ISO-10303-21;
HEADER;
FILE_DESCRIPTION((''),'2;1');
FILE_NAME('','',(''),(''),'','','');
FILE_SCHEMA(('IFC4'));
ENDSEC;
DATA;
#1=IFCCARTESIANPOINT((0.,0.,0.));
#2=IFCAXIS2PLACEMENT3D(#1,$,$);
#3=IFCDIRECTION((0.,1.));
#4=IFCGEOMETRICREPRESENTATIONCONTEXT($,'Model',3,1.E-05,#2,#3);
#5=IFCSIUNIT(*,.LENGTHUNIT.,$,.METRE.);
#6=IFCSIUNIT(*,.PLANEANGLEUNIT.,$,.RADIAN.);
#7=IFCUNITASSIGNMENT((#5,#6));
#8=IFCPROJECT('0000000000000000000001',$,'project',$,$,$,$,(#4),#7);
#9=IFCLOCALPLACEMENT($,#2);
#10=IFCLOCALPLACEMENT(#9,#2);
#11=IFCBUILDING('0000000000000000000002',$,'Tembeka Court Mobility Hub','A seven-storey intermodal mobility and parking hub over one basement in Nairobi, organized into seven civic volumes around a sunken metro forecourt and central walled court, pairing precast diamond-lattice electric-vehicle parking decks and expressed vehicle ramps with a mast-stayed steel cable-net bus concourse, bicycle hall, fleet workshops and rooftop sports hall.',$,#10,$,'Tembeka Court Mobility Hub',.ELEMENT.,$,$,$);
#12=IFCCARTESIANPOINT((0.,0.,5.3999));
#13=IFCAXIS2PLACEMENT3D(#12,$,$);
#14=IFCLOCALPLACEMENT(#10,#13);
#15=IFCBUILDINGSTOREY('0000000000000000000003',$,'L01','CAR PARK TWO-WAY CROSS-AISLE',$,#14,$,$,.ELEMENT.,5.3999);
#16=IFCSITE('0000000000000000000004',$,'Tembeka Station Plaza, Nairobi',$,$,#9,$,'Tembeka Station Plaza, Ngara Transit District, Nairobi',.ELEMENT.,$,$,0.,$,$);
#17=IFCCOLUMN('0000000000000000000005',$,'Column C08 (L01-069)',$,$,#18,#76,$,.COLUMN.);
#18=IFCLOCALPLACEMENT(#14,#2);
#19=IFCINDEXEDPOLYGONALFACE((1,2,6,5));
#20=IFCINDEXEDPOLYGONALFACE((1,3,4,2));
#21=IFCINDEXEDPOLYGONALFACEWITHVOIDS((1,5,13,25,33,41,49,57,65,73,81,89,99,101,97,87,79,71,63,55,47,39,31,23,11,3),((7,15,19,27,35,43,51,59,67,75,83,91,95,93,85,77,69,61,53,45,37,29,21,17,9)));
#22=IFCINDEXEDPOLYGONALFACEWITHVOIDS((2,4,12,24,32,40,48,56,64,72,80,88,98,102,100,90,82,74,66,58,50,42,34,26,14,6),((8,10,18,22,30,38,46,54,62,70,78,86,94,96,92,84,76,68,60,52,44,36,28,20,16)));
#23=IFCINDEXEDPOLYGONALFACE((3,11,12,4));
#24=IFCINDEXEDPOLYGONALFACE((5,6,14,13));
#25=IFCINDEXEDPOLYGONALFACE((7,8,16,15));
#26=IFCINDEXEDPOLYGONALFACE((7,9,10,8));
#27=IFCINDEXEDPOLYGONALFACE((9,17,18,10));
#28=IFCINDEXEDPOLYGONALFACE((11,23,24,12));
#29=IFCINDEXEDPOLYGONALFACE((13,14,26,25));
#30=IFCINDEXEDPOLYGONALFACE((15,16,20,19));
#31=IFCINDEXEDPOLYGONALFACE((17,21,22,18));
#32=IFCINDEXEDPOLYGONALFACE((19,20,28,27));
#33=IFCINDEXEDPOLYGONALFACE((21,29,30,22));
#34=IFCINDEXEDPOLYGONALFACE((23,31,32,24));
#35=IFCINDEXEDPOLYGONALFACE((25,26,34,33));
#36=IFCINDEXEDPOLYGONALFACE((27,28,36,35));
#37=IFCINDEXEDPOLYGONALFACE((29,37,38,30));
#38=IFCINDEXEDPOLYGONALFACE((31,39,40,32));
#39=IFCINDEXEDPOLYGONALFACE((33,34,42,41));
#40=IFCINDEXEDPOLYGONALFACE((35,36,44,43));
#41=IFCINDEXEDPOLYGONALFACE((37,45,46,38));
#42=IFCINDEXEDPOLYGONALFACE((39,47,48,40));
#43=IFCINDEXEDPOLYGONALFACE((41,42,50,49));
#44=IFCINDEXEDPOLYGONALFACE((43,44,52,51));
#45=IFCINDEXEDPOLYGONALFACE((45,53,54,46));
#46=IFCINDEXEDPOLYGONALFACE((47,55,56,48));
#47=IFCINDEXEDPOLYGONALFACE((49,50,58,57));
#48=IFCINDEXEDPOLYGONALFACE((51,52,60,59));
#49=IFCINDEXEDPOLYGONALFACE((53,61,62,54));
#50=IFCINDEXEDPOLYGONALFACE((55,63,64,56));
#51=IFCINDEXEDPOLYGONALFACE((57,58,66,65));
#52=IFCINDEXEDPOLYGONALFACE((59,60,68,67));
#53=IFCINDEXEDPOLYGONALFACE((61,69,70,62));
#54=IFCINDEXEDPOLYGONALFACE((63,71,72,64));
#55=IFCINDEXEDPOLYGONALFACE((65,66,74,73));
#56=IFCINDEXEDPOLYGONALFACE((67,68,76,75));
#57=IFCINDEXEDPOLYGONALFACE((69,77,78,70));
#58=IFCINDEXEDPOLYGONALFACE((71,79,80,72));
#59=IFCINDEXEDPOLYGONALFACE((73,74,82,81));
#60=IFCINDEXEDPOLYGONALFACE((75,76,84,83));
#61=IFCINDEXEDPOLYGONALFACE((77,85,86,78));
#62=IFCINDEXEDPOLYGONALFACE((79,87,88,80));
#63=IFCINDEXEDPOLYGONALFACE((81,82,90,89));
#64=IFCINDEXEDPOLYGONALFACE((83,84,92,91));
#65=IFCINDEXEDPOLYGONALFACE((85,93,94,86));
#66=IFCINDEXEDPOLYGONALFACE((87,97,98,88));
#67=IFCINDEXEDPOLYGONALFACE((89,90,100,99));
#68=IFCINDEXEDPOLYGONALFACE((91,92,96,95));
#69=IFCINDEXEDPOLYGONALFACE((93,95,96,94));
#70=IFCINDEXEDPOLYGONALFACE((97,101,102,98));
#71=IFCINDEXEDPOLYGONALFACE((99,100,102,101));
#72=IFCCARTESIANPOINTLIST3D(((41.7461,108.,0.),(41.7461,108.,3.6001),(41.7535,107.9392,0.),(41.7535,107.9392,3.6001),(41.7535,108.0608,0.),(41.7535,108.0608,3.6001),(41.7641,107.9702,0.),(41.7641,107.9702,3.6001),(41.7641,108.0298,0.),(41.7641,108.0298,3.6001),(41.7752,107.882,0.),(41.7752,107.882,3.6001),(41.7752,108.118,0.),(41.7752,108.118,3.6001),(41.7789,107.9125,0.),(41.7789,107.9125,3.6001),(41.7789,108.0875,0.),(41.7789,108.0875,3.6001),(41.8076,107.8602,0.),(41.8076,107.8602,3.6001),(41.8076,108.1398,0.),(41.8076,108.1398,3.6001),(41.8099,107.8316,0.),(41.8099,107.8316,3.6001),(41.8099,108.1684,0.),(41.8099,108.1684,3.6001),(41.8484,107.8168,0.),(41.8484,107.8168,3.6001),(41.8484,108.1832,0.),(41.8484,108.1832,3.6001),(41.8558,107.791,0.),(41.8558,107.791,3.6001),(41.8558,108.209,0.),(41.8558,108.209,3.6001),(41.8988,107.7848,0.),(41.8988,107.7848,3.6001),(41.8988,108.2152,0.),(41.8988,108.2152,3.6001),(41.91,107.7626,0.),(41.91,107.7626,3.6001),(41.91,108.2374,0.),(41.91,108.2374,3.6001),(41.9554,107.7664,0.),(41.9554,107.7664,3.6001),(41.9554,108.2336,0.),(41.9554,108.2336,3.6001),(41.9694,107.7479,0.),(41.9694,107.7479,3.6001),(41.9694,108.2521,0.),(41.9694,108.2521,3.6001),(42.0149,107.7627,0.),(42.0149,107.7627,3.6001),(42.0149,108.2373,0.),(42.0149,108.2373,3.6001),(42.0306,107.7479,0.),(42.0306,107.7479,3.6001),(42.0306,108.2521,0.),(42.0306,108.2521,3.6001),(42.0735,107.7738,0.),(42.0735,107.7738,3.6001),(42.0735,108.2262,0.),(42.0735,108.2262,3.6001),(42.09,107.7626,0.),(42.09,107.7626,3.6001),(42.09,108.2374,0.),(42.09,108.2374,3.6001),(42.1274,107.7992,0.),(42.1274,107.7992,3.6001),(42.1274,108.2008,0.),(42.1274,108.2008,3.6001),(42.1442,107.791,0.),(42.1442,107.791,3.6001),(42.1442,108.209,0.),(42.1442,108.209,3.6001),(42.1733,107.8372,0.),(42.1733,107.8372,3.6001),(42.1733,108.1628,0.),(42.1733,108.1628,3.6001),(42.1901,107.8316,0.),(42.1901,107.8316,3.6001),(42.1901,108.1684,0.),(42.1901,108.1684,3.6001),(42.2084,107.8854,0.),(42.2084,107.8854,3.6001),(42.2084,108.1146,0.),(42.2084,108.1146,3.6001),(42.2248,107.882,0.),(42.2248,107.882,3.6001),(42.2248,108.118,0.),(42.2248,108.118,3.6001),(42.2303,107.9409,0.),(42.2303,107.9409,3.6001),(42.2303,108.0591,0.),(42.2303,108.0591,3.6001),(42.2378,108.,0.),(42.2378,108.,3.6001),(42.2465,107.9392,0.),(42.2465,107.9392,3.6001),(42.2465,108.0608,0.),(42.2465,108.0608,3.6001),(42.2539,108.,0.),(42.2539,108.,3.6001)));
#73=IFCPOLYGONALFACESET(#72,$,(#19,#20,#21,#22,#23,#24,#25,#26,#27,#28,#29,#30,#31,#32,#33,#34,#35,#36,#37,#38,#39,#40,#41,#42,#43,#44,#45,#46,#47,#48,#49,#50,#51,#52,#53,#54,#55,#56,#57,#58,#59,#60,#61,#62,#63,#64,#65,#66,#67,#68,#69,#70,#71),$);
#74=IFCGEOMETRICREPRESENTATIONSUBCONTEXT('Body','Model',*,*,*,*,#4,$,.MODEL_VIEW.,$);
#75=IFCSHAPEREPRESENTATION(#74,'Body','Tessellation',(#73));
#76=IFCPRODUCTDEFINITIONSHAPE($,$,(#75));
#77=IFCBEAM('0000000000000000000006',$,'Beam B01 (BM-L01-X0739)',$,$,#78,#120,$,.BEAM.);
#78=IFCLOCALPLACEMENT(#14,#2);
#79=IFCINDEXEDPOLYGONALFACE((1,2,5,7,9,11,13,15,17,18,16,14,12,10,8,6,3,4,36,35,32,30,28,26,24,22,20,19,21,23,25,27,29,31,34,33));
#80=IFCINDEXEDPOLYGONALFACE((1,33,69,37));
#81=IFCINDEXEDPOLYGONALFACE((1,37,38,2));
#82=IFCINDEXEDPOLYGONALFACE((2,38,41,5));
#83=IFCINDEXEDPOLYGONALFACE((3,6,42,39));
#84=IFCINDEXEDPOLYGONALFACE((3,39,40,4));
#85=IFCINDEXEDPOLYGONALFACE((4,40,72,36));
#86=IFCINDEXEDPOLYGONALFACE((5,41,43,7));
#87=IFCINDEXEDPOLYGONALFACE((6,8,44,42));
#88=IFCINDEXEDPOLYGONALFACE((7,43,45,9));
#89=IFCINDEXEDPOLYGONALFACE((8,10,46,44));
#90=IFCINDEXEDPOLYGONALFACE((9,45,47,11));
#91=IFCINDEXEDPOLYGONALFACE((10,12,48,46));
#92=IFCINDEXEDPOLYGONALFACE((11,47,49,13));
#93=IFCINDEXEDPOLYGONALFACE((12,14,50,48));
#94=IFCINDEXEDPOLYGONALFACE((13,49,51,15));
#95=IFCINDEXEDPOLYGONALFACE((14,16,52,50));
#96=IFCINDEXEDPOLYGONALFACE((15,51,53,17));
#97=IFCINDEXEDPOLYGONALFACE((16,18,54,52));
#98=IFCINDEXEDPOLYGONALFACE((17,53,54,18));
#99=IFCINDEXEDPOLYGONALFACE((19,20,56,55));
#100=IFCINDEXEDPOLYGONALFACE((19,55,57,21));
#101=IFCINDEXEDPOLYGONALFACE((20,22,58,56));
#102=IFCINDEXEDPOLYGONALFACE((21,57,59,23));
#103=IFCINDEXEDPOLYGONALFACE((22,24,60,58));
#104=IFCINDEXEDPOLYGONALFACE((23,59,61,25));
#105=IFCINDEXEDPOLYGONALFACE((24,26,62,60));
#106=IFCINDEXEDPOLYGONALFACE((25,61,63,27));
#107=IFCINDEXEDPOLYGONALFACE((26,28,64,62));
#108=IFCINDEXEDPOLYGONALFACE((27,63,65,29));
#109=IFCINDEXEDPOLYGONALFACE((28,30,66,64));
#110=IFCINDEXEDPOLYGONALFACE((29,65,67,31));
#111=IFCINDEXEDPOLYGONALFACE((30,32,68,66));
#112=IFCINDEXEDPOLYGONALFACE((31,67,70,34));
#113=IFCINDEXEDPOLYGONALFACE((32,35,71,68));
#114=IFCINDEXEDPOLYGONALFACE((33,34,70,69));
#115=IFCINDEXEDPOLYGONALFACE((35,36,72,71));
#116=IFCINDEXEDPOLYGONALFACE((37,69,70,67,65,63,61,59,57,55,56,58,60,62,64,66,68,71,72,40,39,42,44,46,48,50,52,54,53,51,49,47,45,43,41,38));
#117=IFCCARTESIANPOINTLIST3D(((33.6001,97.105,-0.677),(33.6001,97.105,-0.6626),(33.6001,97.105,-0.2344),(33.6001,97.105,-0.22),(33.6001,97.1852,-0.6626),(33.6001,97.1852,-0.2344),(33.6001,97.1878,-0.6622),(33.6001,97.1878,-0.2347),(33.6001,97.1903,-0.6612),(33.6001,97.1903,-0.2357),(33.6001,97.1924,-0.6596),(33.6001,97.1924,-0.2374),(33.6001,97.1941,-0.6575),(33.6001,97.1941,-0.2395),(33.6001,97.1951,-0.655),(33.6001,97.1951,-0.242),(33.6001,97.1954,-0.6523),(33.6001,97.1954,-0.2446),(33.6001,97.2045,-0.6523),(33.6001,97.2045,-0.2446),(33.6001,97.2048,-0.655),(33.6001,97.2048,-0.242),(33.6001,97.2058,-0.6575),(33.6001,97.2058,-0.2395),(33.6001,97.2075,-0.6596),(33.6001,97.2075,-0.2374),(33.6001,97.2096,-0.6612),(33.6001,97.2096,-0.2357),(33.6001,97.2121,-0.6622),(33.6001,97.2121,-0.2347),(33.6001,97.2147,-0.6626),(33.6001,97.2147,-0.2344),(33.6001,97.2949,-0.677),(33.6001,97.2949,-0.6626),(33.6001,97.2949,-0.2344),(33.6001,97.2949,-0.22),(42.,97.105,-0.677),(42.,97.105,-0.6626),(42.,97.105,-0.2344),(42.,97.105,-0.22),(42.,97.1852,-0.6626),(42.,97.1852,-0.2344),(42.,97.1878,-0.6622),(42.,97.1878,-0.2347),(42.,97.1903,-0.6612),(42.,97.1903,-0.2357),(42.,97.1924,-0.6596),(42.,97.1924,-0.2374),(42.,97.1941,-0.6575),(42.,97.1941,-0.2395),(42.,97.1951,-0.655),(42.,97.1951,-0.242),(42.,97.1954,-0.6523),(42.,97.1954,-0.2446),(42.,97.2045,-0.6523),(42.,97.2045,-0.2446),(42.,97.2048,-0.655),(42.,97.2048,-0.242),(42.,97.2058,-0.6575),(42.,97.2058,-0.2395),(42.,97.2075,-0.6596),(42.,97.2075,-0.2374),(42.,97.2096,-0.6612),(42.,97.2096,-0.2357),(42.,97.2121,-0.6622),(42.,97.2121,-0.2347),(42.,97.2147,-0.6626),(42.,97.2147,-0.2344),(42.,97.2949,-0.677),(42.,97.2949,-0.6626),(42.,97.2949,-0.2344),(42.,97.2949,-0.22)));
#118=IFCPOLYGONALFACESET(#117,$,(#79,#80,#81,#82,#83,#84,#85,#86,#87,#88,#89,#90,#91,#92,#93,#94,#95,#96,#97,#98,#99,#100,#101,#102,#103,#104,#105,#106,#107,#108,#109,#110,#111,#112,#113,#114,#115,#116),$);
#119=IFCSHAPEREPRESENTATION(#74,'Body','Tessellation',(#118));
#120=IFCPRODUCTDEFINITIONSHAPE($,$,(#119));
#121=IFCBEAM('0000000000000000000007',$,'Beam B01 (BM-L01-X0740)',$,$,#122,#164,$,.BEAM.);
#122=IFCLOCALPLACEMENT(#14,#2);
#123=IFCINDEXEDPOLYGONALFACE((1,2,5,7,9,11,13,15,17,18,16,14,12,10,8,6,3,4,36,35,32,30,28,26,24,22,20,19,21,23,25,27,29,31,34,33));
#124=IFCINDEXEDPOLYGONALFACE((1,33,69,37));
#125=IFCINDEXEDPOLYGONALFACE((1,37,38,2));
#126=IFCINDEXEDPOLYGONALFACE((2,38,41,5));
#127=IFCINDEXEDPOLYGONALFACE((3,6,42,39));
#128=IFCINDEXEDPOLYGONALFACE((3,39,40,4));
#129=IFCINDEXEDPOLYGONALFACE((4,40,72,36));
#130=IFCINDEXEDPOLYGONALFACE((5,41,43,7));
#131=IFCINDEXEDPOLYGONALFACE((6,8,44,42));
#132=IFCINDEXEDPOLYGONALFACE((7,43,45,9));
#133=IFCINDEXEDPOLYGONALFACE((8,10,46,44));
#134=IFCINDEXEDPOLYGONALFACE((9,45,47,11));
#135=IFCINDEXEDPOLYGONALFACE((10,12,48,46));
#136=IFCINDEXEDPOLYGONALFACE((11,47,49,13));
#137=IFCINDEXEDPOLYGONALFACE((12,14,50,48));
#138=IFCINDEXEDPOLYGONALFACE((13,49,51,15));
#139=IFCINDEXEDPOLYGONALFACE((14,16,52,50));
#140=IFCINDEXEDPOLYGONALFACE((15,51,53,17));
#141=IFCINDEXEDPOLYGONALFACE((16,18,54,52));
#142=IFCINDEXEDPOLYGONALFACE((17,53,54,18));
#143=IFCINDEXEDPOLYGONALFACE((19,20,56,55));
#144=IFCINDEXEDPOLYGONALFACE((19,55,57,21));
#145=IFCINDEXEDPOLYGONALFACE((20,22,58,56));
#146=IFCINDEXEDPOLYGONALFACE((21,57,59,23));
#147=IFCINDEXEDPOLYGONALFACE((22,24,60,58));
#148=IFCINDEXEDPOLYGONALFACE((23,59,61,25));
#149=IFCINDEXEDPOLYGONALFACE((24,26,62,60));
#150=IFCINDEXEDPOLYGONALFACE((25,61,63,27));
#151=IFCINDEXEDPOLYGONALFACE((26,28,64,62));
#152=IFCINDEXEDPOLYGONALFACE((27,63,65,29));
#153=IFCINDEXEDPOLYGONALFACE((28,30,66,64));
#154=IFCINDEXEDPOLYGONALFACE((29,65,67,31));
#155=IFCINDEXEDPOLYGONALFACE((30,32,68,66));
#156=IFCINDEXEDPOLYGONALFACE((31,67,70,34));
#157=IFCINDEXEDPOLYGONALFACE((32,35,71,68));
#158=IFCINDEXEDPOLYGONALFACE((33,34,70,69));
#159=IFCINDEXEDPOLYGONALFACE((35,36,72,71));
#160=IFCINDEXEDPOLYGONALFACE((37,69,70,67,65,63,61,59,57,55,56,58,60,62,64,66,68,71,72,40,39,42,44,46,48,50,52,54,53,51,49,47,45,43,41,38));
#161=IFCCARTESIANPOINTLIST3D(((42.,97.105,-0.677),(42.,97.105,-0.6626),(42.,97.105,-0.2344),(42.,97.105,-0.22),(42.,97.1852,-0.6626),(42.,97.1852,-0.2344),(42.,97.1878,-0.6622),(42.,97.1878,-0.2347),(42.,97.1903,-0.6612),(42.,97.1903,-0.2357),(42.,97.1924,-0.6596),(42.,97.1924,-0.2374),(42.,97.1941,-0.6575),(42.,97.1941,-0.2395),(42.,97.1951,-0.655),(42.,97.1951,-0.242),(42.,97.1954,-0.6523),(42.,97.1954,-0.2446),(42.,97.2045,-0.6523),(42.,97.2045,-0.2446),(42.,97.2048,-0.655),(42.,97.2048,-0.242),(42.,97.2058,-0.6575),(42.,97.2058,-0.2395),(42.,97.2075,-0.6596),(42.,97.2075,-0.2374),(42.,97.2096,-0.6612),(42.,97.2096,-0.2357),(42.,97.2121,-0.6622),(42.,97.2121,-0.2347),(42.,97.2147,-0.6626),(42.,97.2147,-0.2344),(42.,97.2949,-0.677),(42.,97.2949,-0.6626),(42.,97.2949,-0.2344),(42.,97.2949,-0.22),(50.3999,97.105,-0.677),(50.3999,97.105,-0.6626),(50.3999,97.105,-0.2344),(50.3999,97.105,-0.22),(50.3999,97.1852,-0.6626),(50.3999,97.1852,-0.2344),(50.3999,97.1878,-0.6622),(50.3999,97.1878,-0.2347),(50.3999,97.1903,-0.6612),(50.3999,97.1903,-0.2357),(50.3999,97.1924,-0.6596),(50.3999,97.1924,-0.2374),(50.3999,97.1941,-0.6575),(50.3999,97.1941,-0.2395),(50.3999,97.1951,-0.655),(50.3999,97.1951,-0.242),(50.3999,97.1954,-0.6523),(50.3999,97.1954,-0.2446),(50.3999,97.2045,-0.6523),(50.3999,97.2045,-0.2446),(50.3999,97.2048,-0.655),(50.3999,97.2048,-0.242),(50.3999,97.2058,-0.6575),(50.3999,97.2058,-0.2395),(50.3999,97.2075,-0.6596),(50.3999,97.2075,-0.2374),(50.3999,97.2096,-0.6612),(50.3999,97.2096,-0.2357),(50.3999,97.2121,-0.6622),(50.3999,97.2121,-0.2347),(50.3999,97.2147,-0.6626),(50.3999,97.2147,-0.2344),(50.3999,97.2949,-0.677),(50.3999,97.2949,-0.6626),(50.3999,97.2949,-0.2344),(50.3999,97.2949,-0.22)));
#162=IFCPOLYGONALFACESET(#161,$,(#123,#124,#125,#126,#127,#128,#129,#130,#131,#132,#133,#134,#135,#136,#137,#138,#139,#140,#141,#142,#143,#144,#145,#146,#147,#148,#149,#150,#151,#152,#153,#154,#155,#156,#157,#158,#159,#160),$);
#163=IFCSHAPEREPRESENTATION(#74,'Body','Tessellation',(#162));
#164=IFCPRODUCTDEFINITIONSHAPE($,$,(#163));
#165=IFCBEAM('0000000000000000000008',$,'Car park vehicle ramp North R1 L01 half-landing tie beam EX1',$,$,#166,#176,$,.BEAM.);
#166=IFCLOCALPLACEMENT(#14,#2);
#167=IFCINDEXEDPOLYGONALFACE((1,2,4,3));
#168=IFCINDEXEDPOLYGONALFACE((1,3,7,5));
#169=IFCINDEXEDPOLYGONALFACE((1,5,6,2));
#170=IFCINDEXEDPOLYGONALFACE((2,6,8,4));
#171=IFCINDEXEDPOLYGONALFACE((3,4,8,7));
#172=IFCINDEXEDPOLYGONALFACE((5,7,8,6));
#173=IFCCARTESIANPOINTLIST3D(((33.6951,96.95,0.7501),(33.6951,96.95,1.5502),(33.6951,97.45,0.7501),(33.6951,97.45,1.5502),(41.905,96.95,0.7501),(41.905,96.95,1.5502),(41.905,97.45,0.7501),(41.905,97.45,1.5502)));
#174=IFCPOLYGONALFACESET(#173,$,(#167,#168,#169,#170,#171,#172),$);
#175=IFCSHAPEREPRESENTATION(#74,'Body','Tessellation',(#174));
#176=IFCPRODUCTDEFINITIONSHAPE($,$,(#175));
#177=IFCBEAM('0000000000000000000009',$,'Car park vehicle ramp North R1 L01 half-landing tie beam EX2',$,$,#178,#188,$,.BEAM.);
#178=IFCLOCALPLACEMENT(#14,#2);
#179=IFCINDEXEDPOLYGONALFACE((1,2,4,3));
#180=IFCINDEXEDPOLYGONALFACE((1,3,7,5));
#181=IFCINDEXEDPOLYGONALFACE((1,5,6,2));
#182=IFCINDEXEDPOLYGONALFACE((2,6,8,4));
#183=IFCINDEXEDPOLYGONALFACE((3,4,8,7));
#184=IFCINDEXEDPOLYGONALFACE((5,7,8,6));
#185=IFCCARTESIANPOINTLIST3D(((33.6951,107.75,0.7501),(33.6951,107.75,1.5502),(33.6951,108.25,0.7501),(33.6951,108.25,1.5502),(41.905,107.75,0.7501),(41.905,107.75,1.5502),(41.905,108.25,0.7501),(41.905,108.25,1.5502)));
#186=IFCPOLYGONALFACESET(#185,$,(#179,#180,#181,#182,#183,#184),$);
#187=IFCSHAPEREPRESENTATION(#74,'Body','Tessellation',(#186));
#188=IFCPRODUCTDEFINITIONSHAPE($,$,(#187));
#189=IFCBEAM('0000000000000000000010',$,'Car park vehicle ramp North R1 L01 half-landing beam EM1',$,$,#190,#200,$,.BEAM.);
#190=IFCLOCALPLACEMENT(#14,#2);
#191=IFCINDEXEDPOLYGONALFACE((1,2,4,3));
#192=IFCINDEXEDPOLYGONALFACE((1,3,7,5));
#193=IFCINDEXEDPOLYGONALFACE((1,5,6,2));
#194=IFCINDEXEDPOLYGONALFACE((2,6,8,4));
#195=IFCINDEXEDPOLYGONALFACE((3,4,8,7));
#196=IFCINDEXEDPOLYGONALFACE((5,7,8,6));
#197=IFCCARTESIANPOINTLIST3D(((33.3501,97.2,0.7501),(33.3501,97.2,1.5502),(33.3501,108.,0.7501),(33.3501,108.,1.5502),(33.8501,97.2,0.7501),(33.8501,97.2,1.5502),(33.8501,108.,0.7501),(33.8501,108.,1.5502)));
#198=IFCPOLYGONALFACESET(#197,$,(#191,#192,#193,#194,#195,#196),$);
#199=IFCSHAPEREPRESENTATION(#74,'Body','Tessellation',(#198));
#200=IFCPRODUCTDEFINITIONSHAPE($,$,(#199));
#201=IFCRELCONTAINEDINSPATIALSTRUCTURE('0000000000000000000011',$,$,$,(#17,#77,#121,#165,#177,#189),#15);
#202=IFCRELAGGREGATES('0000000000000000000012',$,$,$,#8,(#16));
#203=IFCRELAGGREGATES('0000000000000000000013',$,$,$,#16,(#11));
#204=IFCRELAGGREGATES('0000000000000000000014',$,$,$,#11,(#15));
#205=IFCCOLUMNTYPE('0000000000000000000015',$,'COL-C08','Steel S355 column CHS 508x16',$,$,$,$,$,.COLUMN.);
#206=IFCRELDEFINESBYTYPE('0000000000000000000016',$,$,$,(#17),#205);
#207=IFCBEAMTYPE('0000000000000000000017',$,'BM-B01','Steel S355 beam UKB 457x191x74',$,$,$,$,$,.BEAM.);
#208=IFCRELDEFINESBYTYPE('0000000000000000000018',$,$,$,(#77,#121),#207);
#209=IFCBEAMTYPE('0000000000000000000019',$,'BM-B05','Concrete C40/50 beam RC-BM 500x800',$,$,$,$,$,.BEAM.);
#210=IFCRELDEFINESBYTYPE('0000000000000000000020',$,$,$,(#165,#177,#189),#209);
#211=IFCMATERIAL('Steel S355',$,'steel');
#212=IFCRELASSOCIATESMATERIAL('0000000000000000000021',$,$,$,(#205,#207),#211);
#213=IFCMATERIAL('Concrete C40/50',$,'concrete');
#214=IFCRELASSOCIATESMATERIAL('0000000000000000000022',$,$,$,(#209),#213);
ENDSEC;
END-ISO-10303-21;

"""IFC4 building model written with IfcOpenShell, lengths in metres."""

from ifc_helpers import new_model, si_unit, direction, frame, origin, origin_2d, place, context, subcontext, project, spatial, rectangle, hollow_circle, i_section, extrude, material, material_profile, profile_set, type_object, element, save


model = new_model("IFC4")

# Units and contexts
model_context = context("Model", 3, precision=1e-05, world=origin(), true_north=direction((0.0, 1.0)))
body_context = subcontext(model_context, "Body", "Model", "MODEL_VIEW")
ifc_project = project(units=[si_unit("LENGTHUNIT", "METRE"), si_unit("PLANEANGLEUNIT", "RADIAN")], contexts=[model_context])

# Site, building, storey
site_placement = place(None, origin())
site = spatial("IfcSite", under=ifc_project, at=site_placement, Name="Tembeka Station Plaza, Nairobi", LongName="Tembeka Station Plaza, Ngara Transit District, Nairobi", CompositionType="ELEMENT", RefElevation=0.0)
building_placement = place(site_placement, origin())
building = spatial("IfcBuilding", under=site, at=building_placement, Name="Tembeka Court Mobility Hub", Description="A seven-storey intermodal mobility and parking hub over one basement in Nairobi, organized into seven civic volumes around a sunken metro forecourt and central walled court, pairing precast diamond-lattice electric-vehicle parking decks and expressed vehicle ramps with a mast-stayed steel cable-net bus concourse, bicycle hall, fleet workshops and rooftop sports hall.", LongName="Tembeka Court Mobility Hub", CompositionType="ELEMENT")
storey_placement = place(building_placement, frame((0.0, 0.0, 5.3999)))
storey = spatial("IfcBuildingStorey", under=building, at=storey_placement, Name="L01", Description="CAR PARK TWO-WAY CROSS-AISLE", CompositionType="ELEMENT", Elevation=5.3999)

# Column
ifc_material_1 = material(Name="Steel S355", Category="steel")
ifc_material_profile_1 = material_profile(ifc_material_1, hollow_circle(Radius=0.2539, WallThickness=0.0161, at=origin_2d()), Name="CHS 508x16")
ifc_profile_set_1 = profile_set([ifc_material_profile_1], Name="Steel S355")
column_type = type_object("IfcColumnType", Name="COL-C08", Description="Steel S355 column CHS 508x16", PredefinedType="COLUMN", material=ifc_profile_set_1)
for number, where, z_axis, x_axis, name in (
    (1, (42.0, 108.0, 0.0), (0.0, 0.0, 1.0), (1.0, 0.0, 0.0), "Column C08 (L01-069)"),
):
    element("IfcColumn", number, at=place(storey_placement, frame(where, z_axis=z_axis, x_axis=x_axis)), inside=storey, type_object=column_type, Name=name, PredefinedType="COLUMN", context=body_context, shape_type="SweptSolid", body=[
        extrude(hollow_circle(Radius=0.2539, WallThickness=0.0161, at=origin_2d()), origin(), (0.0, 0.0, 1.0), 3.6001),
    ])

# Beams
ifc_material_profile_2 = material_profile(ifc_material_1, i_section(OverallWidth=0.1899, OverallDepth=0.457, WebThickness=0.009, FlangeThickness=0.0144, FilletRadius=0.0103, at=origin_2d()), Name="UKB 457x191x74")
ifc_profile_set_2 = profile_set([ifc_material_profile_2], Name="Steel S355")
beam_type_1 = type_object("IfcBeamType", Name="BM-B01", Description="Steel S355 beam UKB 457x191x74", PredefinedType="BEAM", material=ifc_profile_set_2)
for number, where, z_axis, x_axis, name in (
    (2, (33.6001, 97.2, -0.4485), (1.0, 0.0, 0.0), (0.0, 1.0, 0.0), "Beam B01 (BM-L01-X0739)"),
    (3, (42.0, 97.2, -0.4485), (1.0, 0.0, 0.0), (0.0, 1.0, 0.0), "Beam B01 (BM-L01-X0740)"),
):
    element("IfcBeam", number, at=place(storey_placement, frame(where, z_axis=z_axis, x_axis=x_axis)), inside=storey, type_object=beam_type_1, Name=name, PredefinedType="BEAM", context=body_context, shape_type="SweptSolid", body=[
        extrude(i_section(OverallWidth=0.1899, OverallDepth=0.457, WebThickness=0.009, FlangeThickness=0.0144, FilletRadius=0.0103, at=origin_2d()), origin(), (0.0, 0.0, 1.0), 8.3999),
    ])
ifc_material_2 = material(Name="Concrete C40/50", Category="concrete")
ifc_material_profile_3 = material_profile(ifc_material_2, rectangle(XDim=0.5, YDim=0.8, at=origin_2d()), Name="RC-BM 500x800")
ifc_profile_set_3 = profile_set([ifc_material_profile_3], Name="Concrete C40/50")
beam_type_2 = type_object("IfcBeamType", Name="BM-B05", Description="Concrete C40/50 beam RC-BM 500x800", PredefinedType="BEAM", material=ifc_profile_set_3)
for number, where, z_axis, x_axis, name in (
    (4, (33.6951, 97.2, 1.1501), (1.0, 0.0, 0.0), (0.0, 1.0, 0.0), "Car park vehicle ramp North R1 L01 half-landing tie beam EX1"),
    (5, (33.6951, 108.0, 1.1501), (1.0, 0.0, 0.0), (0.0, 1.0, 0.0), "Car park vehicle ramp North R1 L01 half-landing tie beam EX2"),
):
    element("IfcBeam", number, at=place(storey_placement, frame(where, z_axis=z_axis, x_axis=x_axis)), inside=storey, type_object=beam_type_2, Name=name, PredefinedType="BEAM", context=body_context, shape_type="SweptSolid", body=[
        extrude(rectangle(XDim=0.5, YDim=0.8, at=origin_2d()), origin(), (0.0, 0.0, 1.0), 8.21),
    ])
for number, where, z_axis, x_axis, name in (
    (6, (33.6001, 97.2, 1.1501), (0.0, 1.0, 0.0), (-1.0, 0.0, 0.0), "Car park vehicle ramp North R1 L01 half-landing beam EM1"),
):
    element("IfcBeam", number, at=place(storey_placement, frame(where, z_axis=z_axis, x_axis=x_axis)), inside=storey, type_object=beam_type_2, Name=name, PredefinedType="BEAM", context=body_context, shape_type="SweptSolid", body=[
        extrude(rectangle(XDim=0.5, YDim=0.8, at=origin_2d()), origin(), (0.0, 0.0, 1.0), 10.8),
    ])

save(model, "model.ifc")
